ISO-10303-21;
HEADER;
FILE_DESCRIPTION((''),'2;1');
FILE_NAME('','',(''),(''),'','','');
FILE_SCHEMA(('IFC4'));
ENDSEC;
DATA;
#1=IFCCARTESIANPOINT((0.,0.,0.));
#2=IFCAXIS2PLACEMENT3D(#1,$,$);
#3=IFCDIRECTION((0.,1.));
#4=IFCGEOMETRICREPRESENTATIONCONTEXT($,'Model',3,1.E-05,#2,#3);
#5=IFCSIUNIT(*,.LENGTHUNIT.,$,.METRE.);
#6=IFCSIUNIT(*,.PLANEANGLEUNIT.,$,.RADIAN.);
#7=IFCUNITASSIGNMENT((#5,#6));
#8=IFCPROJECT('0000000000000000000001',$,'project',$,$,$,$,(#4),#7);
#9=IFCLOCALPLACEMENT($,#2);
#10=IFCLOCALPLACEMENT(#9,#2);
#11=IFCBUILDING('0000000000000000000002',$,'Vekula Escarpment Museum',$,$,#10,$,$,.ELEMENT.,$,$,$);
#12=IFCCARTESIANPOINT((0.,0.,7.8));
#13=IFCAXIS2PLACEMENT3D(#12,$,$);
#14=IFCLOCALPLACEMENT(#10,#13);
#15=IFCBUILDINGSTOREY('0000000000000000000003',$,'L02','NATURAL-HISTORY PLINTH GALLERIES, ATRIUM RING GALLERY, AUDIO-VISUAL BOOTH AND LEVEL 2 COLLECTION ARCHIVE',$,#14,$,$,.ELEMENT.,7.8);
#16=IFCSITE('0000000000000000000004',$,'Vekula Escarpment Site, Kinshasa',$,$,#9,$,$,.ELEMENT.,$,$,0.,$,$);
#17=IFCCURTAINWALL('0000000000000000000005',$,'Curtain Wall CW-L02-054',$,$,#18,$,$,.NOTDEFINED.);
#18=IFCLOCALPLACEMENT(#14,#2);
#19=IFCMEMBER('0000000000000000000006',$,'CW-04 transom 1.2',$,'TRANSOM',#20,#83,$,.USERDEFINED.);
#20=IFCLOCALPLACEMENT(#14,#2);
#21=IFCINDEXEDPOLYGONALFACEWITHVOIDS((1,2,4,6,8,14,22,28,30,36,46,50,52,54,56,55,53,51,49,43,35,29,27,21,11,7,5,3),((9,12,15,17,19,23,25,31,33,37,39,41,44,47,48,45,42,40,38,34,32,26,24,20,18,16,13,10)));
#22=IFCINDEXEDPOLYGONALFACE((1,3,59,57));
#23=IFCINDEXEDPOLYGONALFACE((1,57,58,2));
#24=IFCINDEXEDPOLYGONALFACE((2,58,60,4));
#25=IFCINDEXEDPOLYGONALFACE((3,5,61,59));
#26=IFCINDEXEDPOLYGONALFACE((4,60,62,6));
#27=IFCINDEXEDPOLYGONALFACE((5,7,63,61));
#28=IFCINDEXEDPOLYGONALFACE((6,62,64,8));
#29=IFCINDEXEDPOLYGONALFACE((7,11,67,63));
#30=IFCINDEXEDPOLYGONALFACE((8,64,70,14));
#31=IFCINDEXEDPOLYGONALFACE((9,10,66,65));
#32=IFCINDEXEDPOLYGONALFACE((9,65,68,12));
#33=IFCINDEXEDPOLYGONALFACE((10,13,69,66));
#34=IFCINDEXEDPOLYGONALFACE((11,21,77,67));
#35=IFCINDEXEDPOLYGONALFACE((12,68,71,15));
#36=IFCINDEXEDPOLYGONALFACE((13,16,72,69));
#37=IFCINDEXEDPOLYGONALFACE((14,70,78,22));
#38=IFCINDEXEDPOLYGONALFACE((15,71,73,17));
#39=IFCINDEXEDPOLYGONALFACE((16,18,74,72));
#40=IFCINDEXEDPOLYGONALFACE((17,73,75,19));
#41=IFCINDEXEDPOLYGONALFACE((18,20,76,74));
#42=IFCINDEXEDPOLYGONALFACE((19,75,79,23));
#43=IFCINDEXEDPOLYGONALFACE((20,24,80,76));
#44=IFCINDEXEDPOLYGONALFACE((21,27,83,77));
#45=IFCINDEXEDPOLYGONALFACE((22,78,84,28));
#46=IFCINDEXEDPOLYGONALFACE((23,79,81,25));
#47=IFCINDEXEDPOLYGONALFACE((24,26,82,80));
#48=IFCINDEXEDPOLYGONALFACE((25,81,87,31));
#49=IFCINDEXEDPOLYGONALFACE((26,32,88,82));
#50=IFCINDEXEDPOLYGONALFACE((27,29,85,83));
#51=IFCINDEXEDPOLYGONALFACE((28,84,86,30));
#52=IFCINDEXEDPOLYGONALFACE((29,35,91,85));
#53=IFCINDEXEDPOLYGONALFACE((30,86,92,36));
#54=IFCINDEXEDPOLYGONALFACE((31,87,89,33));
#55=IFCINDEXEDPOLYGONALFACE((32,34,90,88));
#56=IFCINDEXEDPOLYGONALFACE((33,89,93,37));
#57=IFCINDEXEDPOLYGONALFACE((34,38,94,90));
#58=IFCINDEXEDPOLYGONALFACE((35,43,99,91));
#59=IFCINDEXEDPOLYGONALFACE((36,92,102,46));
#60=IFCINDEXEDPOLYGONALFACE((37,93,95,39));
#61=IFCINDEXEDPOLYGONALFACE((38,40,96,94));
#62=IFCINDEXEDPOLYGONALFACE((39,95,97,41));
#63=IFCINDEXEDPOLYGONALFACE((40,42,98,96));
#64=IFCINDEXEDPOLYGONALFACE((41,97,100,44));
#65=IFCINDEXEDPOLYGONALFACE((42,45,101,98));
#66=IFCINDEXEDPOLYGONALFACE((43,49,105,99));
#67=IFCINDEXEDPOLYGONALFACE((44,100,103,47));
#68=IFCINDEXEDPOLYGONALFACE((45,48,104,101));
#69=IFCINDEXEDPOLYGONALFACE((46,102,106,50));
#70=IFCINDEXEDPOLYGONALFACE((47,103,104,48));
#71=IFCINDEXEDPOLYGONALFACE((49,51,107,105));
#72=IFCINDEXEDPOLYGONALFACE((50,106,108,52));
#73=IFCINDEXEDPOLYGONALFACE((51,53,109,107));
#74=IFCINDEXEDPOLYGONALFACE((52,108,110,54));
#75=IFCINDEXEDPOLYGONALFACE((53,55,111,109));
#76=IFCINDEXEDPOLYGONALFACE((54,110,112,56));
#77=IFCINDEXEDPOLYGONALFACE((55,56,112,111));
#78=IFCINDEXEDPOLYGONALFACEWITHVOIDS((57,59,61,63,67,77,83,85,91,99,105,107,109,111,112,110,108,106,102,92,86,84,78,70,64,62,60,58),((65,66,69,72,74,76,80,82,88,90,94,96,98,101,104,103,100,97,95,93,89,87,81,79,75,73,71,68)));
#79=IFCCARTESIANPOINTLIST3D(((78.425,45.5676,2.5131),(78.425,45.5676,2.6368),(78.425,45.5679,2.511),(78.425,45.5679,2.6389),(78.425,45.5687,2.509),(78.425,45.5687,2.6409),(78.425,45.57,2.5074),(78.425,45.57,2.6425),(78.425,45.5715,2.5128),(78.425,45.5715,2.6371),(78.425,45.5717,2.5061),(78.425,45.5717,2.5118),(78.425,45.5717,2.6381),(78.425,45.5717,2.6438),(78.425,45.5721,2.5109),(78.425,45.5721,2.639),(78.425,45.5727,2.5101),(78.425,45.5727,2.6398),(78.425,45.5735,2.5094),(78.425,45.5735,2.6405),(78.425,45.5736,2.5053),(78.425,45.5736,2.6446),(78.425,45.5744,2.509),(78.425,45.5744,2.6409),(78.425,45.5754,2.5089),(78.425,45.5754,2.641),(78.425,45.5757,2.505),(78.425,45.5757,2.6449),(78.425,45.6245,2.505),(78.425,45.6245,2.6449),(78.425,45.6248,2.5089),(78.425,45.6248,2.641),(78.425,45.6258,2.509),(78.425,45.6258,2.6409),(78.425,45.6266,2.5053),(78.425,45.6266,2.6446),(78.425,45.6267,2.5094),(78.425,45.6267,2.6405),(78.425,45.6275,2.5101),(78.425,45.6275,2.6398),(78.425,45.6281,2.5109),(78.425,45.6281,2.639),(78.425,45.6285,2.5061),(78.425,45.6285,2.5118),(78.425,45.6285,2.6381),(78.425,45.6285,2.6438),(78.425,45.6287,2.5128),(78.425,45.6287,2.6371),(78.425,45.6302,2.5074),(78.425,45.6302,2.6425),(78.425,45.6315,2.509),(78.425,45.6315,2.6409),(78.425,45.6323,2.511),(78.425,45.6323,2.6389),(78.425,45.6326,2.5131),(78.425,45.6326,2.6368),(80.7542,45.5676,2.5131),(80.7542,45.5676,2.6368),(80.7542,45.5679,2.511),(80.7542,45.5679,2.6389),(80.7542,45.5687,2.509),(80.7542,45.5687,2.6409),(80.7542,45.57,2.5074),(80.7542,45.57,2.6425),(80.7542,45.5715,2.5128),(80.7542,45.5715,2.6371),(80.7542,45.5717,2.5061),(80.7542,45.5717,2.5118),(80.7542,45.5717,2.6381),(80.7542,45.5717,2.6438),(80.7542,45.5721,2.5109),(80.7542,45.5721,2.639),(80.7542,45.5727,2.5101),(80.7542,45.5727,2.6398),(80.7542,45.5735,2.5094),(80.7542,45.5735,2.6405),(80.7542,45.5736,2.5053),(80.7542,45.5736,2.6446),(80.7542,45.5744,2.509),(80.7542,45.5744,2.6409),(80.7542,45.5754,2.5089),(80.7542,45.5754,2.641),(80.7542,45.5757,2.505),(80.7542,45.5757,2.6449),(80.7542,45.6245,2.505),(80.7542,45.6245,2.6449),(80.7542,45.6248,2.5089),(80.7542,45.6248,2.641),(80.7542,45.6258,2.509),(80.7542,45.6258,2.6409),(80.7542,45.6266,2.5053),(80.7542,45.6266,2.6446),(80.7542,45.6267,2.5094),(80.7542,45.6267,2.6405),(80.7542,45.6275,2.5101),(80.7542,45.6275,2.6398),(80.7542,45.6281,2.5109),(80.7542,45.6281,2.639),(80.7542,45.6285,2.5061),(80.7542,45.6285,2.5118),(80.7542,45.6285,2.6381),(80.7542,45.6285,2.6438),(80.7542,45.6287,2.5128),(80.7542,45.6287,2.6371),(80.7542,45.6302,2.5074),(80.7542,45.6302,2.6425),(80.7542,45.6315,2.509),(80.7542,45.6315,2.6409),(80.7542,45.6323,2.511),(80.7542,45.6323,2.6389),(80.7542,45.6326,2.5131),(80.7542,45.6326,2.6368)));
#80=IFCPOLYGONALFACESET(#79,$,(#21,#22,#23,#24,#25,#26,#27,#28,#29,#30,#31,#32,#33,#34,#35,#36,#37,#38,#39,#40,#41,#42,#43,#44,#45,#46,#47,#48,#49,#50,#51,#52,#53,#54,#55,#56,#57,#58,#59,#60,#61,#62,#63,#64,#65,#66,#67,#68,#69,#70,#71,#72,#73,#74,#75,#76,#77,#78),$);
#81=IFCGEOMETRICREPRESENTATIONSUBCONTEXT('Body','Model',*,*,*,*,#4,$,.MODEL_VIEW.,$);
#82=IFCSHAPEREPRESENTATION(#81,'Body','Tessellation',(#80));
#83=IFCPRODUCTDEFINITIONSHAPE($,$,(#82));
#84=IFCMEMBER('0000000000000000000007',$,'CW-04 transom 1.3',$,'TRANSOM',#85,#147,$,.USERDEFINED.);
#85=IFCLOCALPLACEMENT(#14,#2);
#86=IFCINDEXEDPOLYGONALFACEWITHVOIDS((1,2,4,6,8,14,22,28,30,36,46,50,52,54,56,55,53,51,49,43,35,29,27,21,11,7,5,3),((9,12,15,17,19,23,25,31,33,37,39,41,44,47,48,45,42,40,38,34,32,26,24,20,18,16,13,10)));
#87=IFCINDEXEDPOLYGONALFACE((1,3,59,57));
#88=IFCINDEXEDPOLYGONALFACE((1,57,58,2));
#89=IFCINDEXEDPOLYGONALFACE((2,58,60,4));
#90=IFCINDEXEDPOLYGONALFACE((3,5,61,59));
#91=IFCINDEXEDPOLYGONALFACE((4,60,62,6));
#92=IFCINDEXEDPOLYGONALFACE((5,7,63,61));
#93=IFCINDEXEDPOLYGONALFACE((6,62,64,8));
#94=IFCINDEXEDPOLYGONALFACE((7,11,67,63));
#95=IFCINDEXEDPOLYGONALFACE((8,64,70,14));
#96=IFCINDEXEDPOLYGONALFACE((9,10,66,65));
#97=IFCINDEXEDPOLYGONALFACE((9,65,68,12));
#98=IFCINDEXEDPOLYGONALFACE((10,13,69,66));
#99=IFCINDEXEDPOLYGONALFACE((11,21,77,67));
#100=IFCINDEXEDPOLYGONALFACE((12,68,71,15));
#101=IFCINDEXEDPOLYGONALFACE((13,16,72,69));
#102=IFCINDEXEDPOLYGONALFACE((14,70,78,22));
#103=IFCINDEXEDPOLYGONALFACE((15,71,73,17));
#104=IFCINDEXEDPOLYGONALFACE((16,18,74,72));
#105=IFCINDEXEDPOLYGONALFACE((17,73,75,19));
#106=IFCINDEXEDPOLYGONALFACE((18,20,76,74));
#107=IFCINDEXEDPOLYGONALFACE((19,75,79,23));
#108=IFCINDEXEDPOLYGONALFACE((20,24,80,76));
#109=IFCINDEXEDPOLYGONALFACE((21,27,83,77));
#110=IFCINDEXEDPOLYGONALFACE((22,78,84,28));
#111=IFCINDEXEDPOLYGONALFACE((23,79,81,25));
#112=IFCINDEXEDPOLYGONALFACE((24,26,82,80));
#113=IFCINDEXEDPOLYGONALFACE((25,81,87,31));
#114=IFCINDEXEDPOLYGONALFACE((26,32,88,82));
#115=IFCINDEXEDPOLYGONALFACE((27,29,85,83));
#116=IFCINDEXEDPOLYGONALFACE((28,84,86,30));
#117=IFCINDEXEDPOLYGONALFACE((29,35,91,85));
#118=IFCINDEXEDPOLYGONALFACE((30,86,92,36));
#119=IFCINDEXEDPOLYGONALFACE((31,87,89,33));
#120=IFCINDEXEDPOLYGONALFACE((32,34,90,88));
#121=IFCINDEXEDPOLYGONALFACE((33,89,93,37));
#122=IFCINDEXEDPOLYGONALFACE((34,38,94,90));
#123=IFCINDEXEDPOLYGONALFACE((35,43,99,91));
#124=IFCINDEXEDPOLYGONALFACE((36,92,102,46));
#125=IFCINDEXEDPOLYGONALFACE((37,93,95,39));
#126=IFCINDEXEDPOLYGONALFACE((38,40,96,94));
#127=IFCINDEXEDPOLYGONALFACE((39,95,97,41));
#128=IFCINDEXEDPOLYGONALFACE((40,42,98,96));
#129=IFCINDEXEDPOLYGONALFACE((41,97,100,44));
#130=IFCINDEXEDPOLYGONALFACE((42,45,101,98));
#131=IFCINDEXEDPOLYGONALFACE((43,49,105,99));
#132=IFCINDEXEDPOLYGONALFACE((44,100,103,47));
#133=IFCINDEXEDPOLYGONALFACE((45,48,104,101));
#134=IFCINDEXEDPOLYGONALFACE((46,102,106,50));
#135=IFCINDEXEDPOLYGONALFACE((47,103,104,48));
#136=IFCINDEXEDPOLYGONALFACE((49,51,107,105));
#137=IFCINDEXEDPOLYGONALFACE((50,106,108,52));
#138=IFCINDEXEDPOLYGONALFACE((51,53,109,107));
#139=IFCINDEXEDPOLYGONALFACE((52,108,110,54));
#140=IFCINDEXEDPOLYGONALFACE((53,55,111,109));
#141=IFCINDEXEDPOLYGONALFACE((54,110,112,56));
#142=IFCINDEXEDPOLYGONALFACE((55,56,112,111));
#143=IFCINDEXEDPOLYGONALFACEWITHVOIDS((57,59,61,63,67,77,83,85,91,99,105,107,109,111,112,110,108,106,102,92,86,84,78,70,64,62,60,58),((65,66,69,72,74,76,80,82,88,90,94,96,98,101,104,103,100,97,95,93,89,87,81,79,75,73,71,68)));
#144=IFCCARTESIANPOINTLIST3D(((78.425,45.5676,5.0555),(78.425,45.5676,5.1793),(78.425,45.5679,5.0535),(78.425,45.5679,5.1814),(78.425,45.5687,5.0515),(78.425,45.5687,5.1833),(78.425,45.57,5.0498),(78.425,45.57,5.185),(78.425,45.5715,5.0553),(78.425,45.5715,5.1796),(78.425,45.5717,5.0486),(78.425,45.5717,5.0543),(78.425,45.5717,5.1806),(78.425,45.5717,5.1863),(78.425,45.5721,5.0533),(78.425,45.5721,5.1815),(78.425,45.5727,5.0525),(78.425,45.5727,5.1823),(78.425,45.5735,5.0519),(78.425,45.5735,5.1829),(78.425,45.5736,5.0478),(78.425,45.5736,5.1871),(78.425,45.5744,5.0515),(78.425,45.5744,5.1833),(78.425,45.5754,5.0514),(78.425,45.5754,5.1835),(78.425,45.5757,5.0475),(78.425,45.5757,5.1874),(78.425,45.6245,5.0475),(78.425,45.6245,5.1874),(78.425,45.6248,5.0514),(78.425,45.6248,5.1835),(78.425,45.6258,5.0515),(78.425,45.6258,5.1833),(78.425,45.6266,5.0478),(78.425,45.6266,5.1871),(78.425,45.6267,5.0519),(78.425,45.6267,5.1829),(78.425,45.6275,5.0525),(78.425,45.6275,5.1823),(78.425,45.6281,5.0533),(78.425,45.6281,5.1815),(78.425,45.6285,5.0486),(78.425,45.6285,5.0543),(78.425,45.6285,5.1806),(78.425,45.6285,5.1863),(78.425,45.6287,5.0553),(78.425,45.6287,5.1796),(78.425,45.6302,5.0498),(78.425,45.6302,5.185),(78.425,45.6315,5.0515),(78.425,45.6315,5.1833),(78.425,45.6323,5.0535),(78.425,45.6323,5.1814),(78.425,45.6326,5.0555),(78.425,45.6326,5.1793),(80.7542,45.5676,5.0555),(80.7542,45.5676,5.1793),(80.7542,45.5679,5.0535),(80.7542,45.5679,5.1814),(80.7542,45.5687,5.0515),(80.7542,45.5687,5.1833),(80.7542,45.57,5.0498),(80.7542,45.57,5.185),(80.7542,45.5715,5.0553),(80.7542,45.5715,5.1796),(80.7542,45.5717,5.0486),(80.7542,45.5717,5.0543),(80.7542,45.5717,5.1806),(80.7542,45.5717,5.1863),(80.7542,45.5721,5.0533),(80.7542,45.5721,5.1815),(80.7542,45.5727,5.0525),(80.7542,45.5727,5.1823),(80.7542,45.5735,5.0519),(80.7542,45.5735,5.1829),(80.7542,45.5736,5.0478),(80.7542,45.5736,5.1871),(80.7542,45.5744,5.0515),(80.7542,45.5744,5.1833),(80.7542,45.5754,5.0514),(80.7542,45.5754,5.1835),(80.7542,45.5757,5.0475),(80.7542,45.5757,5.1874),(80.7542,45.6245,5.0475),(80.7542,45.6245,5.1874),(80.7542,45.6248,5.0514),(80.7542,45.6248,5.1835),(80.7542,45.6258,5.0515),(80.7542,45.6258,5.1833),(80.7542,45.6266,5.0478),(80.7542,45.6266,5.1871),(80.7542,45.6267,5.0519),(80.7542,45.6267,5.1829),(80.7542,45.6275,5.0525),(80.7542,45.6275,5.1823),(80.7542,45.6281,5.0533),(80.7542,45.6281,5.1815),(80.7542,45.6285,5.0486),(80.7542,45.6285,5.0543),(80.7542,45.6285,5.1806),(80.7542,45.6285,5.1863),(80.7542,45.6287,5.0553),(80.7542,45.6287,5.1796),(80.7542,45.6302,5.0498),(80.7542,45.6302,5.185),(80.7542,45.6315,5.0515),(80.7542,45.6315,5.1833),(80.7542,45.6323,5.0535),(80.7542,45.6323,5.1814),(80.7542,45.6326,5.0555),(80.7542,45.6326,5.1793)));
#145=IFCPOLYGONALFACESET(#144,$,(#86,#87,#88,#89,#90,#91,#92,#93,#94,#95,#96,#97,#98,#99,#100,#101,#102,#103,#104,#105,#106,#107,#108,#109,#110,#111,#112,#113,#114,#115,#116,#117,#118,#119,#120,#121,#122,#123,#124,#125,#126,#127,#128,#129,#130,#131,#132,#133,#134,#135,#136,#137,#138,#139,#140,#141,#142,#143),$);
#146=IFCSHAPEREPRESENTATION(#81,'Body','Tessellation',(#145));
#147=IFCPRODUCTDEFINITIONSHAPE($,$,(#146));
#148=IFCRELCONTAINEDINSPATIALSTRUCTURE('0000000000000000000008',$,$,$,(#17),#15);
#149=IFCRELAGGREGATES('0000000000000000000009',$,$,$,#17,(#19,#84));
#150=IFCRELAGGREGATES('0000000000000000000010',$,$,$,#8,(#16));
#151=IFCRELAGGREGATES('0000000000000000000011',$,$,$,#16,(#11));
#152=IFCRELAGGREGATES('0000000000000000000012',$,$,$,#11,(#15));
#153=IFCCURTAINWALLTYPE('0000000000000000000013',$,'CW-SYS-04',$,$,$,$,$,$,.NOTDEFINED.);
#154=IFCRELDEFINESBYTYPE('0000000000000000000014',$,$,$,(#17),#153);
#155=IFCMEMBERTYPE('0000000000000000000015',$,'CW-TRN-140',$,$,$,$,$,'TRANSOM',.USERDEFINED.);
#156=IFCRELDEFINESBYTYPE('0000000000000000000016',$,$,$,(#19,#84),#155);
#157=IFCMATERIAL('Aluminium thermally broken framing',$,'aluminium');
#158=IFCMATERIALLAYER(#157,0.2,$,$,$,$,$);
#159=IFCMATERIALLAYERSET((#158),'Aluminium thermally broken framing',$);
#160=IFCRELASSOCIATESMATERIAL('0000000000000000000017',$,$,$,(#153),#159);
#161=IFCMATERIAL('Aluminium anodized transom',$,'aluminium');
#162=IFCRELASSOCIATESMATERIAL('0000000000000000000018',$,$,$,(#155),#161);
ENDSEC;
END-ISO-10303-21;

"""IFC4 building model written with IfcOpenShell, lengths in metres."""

from ifc_helpers import new_model, si_unit, direction, frame, origin, origin_2d, place, context, subcontext, project, spatial, hollow_rectangle, extrude, material, layer, layer_set, material_profile, profile_set, type_object, element, aggregate, save


model = new_model("IFC4")

# Units and contexts
model_context = context("Model", 3, precision=1e-05, world=origin(), true_north=direction((0.0, 1.0)))
body_context = subcontext(model_context, "Body", "Model", "MODEL_VIEW")
ifc_project = project(units=[si_unit("LENGTHUNIT", "METRE"), si_unit("PLANEANGLEUNIT", "RADIAN")], contexts=[model_context])

# Site, building, storey
site_placement = place(None, origin())
site = spatial("IfcSite", under=ifc_project, at=site_placement, Name="Vekula Escarpment Site, Kinshasa", CompositionType="ELEMENT", RefElevation=0.0)
building_placement = place(site_placement, origin())
building = spatial("IfcBuilding", under=site, at=building_placement, Name="Vekula Escarpment Museum", CompositionType="ELEMENT")
storey_placement = place(building_placement, frame((0.0, 0.0, 7.8)))
storey = spatial("IfcBuildingStorey", under=building, at=storey_placement, Name="L02", Description="NATURAL-HISTORY PLINTH GALLERIES, ATRIUM RING GALLERY, AUDIO-VISUAL BOOTH AND LEVEL 2 COLLECTION ARCHIVE", CompositionType="ELEMENT", Elevation=7.8)

# Curtain wall
ifc_material_1 = material(Name="Aluminium thermally broken framing", Category="aluminium")
ifc_layer_1 = layer(ifc_material_1, 0.2)
ifc_layer_set_1 = layer_set([ifc_layer_1], Name="Aluminium thermally broken framing")
curtain_wall_type_1 = type_object("IfcCurtainWallType", Name="CW-SYS-04", PredefinedType="NOTDEFINED", material=ifc_layer_set_1)
curtain_wall_1_placement = place(storey_placement, origin())
curtain_wall_1 = element("IfcCurtainWall", 1, at=curtain_wall_1_placement, inside=storey, type_object=curtain_wall_type_1, Name="Curtain Wall CW-L02-054", PredefinedType="NOTDEFINED")

# Members
ifc_material_2 = material(Name="Aluminium anodized transom", Category="aluminium")
ifc_material_profile_1 = material_profile(ifc_material_2, hollow_rectangle(XDim=0.0649, YDim=0.1399, WallThickness=0.0039, InnerFilletRadius=0.0039, OuterFilletRadius=0.0081, at=origin_2d()), Name="ALU 140x65x4")
ifc_profile_set_1 = profile_set([ifc_material_profile_1], Name="Aluminium anodized transom")
member_type_1 = type_object("IfcMemberType", Name="CW-TRN-140", ElementType="TRANSOM", PredefinedType="USERDEFINED", material=ifc_profile_set_1)
member_1_placement = place(storey_placement, frame((78.425, 45.6001, 2.575), z_axis=(1.0, 0.0, 0.0), x_axis=(0.0, 1.0, 0.0)))
member_1 = element("IfcMember", 2, at=member_1_placement, type_object=member_type_1, Name="CW-04 transom 1.2", ObjectType="TRANSOM", PredefinedType="USERDEFINED", context=body_context, shape_type="SweptSolid", body=[
    extrude(hollow_rectangle(XDim=0.0649, YDim=0.1399, WallThickness=0.0039, InnerFilletRadius=0.0039, OuterFilletRadius=0.0081, at=origin_2d()), origin(), (0.0, 0.0, 1.0), 2.3291),
])
member_2_placement = place(storey_placement, frame((78.425, 45.6001, 5.1174), z_axis=(1.0, 0.0, 0.0), x_axis=(0.0, 1.0, 0.0)))
member_2 = element("IfcMember", 3, at=member_2_placement, type_object=member_type_1, Name="CW-04 transom 1.3", ObjectType="TRANSOM", PredefinedType="USERDEFINED", context=body_context, shape_type="SweptSolid", body=[
    extrude(hollow_rectangle(XDim=0.0649, YDim=0.1399, WallThickness=0.0039, InnerFilletRadius=0.0039, OuterFilletRadius=0.0081, at=origin_2d()), origin(), (0.0, 0.0, 1.0), 2.3291),
])

aggregate(curtain_wall_1, [member_1, member_2])

save(model, "model.ifc")
